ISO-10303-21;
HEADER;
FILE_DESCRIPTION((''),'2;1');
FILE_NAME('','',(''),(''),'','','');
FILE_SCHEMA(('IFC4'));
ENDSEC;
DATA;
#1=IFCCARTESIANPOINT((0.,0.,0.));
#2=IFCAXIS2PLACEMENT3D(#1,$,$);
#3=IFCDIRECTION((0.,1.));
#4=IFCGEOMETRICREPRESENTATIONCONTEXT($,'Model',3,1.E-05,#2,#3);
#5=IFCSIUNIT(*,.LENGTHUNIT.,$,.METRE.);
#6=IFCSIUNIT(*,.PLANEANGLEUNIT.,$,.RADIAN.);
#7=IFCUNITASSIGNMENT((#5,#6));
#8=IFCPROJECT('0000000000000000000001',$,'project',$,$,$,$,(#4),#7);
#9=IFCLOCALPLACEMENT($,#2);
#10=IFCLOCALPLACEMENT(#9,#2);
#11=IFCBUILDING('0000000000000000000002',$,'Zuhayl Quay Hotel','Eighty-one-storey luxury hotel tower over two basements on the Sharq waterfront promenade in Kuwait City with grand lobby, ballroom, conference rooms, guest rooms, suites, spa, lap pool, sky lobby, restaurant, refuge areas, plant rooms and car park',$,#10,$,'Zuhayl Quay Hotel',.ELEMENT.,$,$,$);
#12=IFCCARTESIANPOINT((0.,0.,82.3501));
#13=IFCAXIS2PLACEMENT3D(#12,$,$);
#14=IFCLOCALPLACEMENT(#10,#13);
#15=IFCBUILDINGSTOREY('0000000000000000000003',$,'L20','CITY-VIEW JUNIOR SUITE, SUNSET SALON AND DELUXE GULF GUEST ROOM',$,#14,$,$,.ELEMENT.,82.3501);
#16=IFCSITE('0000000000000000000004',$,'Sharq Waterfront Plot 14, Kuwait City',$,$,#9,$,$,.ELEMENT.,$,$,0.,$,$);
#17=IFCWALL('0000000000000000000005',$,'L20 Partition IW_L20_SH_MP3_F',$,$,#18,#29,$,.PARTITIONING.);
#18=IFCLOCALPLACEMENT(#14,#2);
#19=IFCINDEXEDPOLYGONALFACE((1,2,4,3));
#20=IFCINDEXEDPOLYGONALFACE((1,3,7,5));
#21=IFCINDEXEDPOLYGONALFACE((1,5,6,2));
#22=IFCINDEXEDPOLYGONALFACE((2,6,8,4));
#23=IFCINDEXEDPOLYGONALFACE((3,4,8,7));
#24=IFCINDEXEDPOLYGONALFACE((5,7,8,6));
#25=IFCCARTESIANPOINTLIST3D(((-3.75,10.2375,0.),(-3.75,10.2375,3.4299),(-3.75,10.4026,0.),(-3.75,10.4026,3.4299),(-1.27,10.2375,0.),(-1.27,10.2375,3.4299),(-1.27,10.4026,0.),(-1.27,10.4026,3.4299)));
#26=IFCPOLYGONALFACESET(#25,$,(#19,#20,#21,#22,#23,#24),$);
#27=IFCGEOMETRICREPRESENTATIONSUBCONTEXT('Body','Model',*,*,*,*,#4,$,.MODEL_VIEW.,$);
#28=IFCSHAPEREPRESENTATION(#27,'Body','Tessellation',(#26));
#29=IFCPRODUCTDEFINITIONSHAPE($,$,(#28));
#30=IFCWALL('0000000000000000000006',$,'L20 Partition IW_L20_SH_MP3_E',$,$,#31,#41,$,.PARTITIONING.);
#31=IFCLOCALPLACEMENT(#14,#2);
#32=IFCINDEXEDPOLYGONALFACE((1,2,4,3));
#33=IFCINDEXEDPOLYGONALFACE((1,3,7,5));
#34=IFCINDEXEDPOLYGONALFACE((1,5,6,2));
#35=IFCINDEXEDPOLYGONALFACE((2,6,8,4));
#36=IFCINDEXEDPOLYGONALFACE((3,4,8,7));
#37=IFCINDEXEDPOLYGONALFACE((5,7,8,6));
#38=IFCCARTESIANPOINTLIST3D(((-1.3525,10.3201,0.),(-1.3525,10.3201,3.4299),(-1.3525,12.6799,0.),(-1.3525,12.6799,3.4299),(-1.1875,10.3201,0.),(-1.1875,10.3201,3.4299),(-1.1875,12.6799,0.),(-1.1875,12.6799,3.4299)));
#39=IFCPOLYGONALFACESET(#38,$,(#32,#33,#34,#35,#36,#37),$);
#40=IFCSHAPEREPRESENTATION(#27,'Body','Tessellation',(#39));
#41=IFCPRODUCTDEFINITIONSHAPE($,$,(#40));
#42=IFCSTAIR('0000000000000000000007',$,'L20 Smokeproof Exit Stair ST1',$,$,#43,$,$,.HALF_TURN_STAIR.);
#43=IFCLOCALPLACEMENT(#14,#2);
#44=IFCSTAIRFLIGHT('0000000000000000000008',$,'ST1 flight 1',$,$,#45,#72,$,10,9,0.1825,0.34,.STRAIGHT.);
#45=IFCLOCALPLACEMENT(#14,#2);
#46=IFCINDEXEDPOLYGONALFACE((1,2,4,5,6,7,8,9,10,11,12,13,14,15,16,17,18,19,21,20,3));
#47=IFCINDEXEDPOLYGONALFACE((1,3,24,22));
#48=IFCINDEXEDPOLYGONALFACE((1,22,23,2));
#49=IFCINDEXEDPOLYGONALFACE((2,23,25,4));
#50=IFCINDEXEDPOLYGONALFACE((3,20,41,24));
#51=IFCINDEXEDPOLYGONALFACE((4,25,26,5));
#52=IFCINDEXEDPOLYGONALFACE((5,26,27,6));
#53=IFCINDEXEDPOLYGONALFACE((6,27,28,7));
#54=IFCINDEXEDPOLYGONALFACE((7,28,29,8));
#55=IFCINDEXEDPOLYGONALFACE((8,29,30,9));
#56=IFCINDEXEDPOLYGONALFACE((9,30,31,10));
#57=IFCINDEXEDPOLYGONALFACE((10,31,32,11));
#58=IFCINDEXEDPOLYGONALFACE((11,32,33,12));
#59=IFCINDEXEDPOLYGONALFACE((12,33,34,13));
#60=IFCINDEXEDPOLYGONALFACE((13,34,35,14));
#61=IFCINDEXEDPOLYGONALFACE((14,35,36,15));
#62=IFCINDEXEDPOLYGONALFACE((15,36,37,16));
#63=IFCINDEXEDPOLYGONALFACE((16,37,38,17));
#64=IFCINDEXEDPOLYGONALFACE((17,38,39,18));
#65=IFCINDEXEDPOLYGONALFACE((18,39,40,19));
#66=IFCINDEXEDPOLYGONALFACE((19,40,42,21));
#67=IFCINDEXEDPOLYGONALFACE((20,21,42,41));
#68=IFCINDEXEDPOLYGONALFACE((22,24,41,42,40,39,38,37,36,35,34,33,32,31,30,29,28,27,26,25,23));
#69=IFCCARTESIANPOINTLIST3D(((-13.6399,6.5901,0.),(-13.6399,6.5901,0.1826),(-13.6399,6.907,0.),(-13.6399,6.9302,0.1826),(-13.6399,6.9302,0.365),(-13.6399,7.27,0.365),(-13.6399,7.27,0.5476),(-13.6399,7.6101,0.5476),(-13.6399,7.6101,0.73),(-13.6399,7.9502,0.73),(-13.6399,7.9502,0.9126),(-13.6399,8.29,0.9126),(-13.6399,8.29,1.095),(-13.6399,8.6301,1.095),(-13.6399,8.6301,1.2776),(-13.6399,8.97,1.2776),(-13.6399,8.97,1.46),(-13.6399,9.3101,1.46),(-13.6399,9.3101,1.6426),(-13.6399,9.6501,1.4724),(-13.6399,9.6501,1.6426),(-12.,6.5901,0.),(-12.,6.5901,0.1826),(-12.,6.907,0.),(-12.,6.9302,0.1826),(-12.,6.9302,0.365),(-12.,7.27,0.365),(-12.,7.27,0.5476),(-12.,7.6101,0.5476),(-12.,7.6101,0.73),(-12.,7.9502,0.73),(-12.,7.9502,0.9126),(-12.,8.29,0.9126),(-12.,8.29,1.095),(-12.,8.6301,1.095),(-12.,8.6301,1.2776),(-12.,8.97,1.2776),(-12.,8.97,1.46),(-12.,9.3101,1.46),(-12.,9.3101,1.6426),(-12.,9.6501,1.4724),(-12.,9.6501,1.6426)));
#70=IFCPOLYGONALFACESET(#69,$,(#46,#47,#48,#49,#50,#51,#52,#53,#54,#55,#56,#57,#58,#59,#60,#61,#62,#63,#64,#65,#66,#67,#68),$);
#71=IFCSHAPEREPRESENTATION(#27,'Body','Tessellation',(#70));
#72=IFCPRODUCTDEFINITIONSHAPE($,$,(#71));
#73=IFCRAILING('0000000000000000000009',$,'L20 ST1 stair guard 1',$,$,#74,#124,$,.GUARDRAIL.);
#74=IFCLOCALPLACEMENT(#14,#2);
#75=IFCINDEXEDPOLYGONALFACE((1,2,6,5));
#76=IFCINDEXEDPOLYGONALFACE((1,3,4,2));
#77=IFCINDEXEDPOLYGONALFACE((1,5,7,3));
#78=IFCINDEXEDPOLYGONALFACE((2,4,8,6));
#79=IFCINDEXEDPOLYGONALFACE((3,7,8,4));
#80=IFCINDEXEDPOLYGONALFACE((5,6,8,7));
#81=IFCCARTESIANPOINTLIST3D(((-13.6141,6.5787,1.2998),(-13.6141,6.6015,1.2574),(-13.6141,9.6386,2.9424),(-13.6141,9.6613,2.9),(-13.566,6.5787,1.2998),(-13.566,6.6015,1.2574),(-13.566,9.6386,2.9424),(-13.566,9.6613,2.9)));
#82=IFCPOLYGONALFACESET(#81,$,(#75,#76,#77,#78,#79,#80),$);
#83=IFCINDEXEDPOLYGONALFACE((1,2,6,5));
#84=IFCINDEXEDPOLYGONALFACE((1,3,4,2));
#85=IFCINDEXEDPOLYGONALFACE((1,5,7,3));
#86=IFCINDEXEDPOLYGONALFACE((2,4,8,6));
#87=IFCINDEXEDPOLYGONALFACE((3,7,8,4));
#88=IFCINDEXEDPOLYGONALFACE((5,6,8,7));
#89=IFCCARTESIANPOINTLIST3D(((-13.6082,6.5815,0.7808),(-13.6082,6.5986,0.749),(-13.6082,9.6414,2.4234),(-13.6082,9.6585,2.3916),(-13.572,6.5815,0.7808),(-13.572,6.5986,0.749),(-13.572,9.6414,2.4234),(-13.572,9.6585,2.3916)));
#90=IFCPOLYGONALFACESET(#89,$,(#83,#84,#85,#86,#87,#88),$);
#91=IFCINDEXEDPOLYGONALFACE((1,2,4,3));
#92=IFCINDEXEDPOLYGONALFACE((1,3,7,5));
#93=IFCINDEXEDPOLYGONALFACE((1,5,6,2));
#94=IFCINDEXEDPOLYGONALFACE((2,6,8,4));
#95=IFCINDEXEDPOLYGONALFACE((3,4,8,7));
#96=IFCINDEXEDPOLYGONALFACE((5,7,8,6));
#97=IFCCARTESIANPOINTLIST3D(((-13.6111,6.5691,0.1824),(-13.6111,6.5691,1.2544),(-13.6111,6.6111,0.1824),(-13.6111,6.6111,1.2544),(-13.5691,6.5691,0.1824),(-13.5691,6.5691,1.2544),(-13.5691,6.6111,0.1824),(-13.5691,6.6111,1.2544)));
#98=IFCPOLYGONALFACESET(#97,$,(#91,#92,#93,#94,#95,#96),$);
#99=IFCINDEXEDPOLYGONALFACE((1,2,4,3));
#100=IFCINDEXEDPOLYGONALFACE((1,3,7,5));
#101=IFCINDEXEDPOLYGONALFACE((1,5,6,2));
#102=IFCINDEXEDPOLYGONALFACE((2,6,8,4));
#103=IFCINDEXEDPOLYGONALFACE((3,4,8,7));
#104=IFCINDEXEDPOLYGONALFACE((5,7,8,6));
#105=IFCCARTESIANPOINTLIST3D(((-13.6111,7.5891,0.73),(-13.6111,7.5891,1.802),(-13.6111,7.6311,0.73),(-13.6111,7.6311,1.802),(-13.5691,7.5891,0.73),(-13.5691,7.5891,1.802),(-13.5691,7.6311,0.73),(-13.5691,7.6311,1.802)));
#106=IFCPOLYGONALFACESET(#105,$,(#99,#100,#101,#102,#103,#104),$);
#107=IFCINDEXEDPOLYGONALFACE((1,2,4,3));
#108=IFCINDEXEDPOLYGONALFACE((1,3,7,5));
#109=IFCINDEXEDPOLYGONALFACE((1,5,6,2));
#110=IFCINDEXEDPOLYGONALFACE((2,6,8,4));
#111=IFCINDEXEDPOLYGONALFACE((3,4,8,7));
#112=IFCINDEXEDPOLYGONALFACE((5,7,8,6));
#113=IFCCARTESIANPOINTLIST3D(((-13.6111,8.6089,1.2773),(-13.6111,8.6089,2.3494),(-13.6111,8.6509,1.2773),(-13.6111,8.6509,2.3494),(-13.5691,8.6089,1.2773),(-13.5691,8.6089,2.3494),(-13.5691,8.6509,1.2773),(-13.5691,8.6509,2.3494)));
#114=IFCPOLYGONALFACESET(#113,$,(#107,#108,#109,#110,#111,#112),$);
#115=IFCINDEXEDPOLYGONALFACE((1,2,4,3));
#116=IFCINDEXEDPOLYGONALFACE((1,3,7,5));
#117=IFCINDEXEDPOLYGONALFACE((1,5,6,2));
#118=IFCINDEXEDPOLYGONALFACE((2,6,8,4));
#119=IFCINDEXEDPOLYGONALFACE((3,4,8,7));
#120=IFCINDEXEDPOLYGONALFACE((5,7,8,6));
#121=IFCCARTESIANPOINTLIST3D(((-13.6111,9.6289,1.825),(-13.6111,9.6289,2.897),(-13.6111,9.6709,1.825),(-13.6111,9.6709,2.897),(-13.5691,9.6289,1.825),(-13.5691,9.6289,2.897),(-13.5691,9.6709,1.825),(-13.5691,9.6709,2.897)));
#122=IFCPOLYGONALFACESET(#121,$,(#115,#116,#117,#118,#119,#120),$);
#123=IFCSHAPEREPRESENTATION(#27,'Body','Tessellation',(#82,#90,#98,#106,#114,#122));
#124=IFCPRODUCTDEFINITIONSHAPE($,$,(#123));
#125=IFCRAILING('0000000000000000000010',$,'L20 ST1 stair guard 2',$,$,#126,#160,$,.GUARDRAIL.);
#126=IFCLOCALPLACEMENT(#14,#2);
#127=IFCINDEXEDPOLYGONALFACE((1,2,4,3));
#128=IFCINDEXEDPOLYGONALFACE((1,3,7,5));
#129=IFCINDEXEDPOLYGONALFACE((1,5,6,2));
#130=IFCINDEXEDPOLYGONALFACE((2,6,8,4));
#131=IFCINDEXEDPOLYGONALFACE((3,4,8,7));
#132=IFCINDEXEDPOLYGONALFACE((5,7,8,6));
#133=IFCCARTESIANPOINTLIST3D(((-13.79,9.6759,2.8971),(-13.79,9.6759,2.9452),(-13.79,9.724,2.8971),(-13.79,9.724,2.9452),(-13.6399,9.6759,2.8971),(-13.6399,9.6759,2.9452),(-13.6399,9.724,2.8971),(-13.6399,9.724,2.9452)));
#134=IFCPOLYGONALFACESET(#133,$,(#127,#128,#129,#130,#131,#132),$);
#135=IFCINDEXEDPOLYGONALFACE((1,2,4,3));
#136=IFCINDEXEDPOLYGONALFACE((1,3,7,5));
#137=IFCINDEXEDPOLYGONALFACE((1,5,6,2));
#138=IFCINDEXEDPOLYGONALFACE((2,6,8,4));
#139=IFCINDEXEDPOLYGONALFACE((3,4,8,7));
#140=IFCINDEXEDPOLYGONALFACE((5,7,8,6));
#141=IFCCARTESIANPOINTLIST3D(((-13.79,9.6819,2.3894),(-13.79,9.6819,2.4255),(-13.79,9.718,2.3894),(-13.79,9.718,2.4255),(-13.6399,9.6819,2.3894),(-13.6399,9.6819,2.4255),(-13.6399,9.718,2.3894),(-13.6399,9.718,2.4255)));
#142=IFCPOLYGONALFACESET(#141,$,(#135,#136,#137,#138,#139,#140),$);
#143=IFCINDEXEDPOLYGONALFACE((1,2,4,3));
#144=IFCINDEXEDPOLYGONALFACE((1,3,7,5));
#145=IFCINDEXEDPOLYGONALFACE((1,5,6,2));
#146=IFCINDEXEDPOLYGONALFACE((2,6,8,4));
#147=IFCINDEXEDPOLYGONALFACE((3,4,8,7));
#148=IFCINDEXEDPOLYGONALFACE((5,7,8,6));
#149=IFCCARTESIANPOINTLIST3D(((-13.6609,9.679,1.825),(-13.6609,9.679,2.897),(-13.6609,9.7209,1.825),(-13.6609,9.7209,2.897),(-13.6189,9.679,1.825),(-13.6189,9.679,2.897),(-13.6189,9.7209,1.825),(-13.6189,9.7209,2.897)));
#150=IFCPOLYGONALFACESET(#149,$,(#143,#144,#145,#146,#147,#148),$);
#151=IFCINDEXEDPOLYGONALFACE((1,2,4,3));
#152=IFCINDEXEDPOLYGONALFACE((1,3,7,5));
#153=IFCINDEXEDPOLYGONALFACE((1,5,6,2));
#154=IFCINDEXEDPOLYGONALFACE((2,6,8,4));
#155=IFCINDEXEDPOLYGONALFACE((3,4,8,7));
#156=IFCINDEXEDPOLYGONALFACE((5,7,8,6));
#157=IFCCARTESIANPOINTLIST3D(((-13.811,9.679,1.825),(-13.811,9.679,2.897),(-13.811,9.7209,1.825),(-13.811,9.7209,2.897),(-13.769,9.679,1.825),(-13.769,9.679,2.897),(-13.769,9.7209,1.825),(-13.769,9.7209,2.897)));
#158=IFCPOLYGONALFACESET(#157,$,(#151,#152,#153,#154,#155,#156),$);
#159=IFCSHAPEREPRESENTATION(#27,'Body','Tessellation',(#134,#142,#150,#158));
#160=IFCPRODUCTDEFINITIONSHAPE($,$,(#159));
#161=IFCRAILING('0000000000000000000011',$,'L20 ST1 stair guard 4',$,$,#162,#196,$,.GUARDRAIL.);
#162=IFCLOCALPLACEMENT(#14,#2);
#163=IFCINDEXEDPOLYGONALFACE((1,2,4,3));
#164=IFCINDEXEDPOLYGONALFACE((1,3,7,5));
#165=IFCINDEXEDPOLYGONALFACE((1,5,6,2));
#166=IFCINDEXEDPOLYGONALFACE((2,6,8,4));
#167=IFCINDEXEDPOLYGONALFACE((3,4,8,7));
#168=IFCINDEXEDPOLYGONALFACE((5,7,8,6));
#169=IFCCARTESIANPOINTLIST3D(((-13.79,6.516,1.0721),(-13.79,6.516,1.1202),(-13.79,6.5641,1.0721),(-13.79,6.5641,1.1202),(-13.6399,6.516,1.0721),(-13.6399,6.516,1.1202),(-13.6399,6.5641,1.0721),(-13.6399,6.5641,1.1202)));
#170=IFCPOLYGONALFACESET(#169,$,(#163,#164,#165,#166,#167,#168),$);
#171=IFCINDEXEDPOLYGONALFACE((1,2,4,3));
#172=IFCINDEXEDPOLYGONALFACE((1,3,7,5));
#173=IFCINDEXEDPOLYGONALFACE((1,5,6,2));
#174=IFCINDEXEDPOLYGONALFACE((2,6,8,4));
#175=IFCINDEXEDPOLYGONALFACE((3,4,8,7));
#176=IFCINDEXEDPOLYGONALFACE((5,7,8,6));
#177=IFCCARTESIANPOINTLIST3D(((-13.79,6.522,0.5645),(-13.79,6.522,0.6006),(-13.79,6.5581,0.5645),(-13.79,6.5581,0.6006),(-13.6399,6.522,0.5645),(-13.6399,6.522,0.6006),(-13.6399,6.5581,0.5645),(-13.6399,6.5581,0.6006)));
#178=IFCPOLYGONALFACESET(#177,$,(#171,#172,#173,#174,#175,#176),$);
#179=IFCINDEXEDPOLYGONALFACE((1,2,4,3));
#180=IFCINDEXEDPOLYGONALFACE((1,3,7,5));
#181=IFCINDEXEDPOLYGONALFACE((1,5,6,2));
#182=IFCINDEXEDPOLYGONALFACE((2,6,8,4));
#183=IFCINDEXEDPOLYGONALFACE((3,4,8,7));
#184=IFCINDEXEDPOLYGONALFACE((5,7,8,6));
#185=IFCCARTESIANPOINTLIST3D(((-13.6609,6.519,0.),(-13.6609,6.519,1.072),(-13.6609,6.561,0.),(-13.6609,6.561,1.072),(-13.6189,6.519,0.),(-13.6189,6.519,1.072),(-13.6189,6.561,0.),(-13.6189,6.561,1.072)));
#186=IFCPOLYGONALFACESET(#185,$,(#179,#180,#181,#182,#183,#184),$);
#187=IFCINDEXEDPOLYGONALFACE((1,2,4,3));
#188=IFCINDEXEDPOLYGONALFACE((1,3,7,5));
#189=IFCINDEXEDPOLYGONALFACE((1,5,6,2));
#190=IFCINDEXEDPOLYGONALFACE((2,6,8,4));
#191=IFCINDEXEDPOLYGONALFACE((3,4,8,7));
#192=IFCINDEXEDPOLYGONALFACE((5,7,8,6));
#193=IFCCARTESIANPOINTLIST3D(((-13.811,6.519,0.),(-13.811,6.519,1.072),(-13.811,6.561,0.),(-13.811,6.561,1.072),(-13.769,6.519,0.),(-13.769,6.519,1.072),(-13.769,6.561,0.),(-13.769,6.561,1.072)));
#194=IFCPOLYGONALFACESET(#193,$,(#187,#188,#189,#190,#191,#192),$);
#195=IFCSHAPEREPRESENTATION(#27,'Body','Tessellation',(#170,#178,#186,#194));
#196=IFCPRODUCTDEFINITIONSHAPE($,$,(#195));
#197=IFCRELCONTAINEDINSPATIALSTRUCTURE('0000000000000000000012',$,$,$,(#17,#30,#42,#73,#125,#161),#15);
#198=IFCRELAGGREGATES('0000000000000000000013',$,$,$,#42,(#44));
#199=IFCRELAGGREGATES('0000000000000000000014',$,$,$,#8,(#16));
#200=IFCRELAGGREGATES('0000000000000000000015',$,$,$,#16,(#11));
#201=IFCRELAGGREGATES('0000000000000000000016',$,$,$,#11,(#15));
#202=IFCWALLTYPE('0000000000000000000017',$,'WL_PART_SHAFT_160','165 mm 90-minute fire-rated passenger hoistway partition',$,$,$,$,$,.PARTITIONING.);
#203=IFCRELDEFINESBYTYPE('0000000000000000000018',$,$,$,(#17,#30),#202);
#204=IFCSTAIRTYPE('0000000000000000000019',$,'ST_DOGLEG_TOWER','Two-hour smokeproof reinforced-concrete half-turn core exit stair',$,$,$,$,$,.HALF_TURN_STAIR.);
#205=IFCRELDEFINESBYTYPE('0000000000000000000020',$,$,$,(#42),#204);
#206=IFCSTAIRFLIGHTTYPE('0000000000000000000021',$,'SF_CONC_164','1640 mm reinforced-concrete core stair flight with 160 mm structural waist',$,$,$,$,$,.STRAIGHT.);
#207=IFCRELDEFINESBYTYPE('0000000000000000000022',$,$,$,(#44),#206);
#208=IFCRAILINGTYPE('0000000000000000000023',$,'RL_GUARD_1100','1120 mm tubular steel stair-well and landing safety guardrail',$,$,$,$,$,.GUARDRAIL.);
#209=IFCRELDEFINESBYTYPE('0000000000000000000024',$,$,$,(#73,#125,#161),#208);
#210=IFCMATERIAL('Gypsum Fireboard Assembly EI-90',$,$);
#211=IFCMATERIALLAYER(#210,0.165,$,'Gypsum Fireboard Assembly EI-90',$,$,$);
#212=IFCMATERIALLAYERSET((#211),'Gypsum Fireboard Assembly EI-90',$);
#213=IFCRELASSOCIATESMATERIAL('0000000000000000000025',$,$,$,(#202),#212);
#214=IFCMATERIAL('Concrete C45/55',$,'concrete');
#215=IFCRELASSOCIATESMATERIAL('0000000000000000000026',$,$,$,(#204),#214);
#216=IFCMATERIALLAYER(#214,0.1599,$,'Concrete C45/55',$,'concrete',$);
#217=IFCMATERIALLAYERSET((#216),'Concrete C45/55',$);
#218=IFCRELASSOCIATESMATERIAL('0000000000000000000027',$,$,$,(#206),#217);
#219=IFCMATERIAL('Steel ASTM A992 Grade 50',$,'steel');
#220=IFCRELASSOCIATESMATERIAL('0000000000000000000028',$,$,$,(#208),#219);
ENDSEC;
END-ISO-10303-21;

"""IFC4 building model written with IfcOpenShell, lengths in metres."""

from ifc_helpers import new_model, si_unit, direction, frame, frame_2d, origin, origin_2d, place, context, subcontext, project, spatial, polyline, rectangle, outline, extrude, material, layer, layer_set, type_object, element, aggregate, save


model = new_model("IFC4")

# Units and contexts
model_context = context("Model", 3, precision=1e-05, world=origin(), true_north=direction((0.0, 1.0)))
body_context = subcontext(model_context, "Body", "Model", "MODEL_VIEW")
ifc_project = project(units=[si_unit("LENGTHUNIT", "METRE"), si_unit("PLANEANGLEUNIT", "RADIAN")], contexts=[model_context])

# Site, building, storey
site_placement = place(None, origin())
site = spatial("IfcSite", under=ifc_project, at=site_placement, Name="Sharq Waterfront Plot 14, Kuwait City", CompositionType="ELEMENT", RefElevation=0.0)
building_placement = place(site_placement, origin())
building = spatial("IfcBuilding", under=site, at=building_placement, Name="Zuhayl Quay Hotel", Description="Eighty-one-storey luxury hotel tower over two basements on the Sharq waterfront promenade in Kuwait City with grand lobby, ballroom, conference rooms, guest rooms, suites, spa, lap pool, sky lobby, restaurant, refuge areas, plant rooms and car park", LongName="Zuhayl Quay Hotel", CompositionType="ELEMENT")
storey_placement = place(building_placement, frame((0.0, 0.0, 82.3501)))
storey = spatial("IfcBuildingStorey", under=building, at=storey_placement, Name="L20", Description="CITY-VIEW JUNIOR SUITE, SUNSET SALON AND DELUXE GULF GUEST ROOM", CompositionType="ELEMENT", Elevation=82.3501)

# Shared definitions
ifc_material_1 = material(Name="Steel ASTM A992 Grade 50", Category="steel")

# Shared definitions
ifc_material_2 = material(Name="Gypsum Fireboard Assembly EI-90")
ifc_layer_1 = layer(ifc_material_2, 0.165, Name="Gypsum Fireboard Assembly EI-90")
ifc_layer_set_1 = layer_set([ifc_layer_1], Name="Gypsum Fireboard Assembly EI-90")
wall_type_1 = type_object("IfcWallType", Name="WL_PART_SHAFT_160", Description="165 mm 90-minute fire-rated passenger hoistway partition", PredefinedType="PARTITIONING", material=ifc_layer_set_1)

# Walls
wall_1_placement = place(storey_placement, frame((-3.75, 10.3201, 0.0), z_axis=(0.0, 0.0, 1.0), x_axis=(1.0, 0.0, 0.0)))
element("IfcWall", 1, at=wall_1_placement, inside=storey, type_object=wall_type_1, Name="L20 Partition IW_L20_SH_MP3_F", PredefinedType="PARTITIONING", context=body_context, shape_type="SweptSolid", body=[
    extrude(rectangle(XDim=2.48, YDim=0.165, at=frame_2d((1.24, 0.0))), origin(), (0.0, 0.0, 1.0), 3.4299),
])
wall_2_placement = place(storey_placement, frame((-1.27, 10.3201, 0.0), z_axis=(0.0, 0.0, 1.0), x_axis=(0.0, 1.0, 0.0)))
element("IfcWall", 2, at=wall_2_placement, inside=storey, type_object=wall_type_1, Name="L20 Partition IW_L20_SH_MP3_E", PredefinedType="PARTITIONING", context=body_context, shape_type="SweptSolid", body=[
    extrude(rectangle(XDim=2.3599, YDim=0.165, at=frame_2d((1.1799, 0.0))), origin(), (0.0, 0.0, 1.0), 3.4299),
])

# Stair, stair flight
ifc_material_3 = material(Name="Concrete C45/55", Category="concrete")
stair_type = type_object("IfcStairType", Name="ST_DOGLEG_TOWER", Description="Two-hour smokeproof reinforced-concrete half-turn core exit stair", PredefinedType="HALF_TURN_STAIR", material=ifc_material_3)
stair_placement = place(storey_placement, origin())
stair = element("IfcStair", 3, at=stair_placement, inside=storey, type_object=stair_type, Name="L20 Smokeproof Exit Stair ST1", PredefinedType="HALF_TURN_STAIR")
ifc_layer_2 = layer(ifc_material_3, 0.1599, Name="Concrete C45/55", Category="concrete")
ifc_layer_set_2 = layer_set([ifc_layer_2], Name="Concrete C45/55")
stair_flight_type = type_object("IfcStairFlightType", Name="SF_CONC_164", Description="1640 mm reinforced-concrete core stair flight with 160 mm structural waist", PredefinedType="STRAIGHT", material=ifc_layer_set_2)
stair_flight_placement = place(storey_placement, frame((-12.8201, 6.5901, 0.0), z_axis=(0.0, 0.0, 1.0), x_axis=(0.0, 1.0, 0.0)))
stair_flight = element("IfcStairFlight", 4, at=stair_flight_placement, type_object=stair_flight_type, Name="ST1 flight 1", NumberOfRisers=10, NumberOfTreads=9, PredefinedType="STRAIGHT", RiserHeight=0.1825, TreadLength=0.34, context=body_context, shape_type="SweptSolid", body=[
    extrude(outline(polyline([(0.0, 0.0), (0.0, 0.1826), (0.3401, 0.1826), (0.3401, 0.365), (0.6799, 0.365), (0.6799, 0.5476), (1.02, 0.5476), (1.02, 0.73), (1.3601, 0.73), (1.3601, 0.9126), (1.7, 0.9126), (1.7, 1.095), (2.04, 1.095), (2.04, 1.2776), (2.3799, 1.2776), (2.3799, 1.46), (2.72, 1.46), (2.72, 1.6426), (3.0601, 1.6426), (3.0601, 1.825), (3.0601, 1.4724), (0.3169, 0.0), (0.0, 0.0)])), frame((0.0, 0.8198, 0.0), z_axis=(0.0, -1.0, 0.0), x_axis=(1.0, 0.0, 0.0)), (0.0, 0.0, 1.0), 1.6399),
])
aggregate(stair, [stair_flight])

# Railings
railing_type_1 = type_object("IfcRailingType", Name="RL_GUARD_1100", Description="1120 mm tubular steel stair-well and landing safety guardrail", PredefinedType="GUARDRAIL", material=ifc_material_1)
railing_1_placement = place(storey_placement, frame((-13.5901, 6.5901, 0.1824)))
element("IfcRailing", 5, at=railing_1_placement, inside=storey, type_object=railing_type_1, Name="L20 ST1 stair guard 1", PredefinedType="GUARDRAIL", context=body_context, shape_type="SweptSolid", body=[
    extrude(rectangle(XDim=0.0481, YDim=0.0481, at=origin_2d()), frame((0.0, 0.0, 1.0962), z_axis=(0.0, 0.881073, 0.47298), x_axis=(-1.0, 0.0, 0.0)), (0.0, 0.0, 1.0), 3.4729),
    extrude(rectangle(XDim=0.0361, YDim=0.0361, at=origin_2d()), frame((0.0, 0.0, 0.5825), z_axis=(0.0, 0.881073, 0.47298), x_axis=(-1.0, 0.0, 0.0)), (0.0, 0.0, 1.0), 3.4729),
    extrude(rectangle(XDim=0.042, YDim=0.042, at=origin_2d()), origin(), (0.0, 0.0, 1.0), 1.072),
    extrude(rectangle(XDim=0.042, YDim=0.042, at=origin_2d()), frame((0.0, 1.02, 0.5476)), (0.0, 0.0, 1.0), 1.072),
    extrude(rectangle(XDim=0.042, YDim=0.042, at=origin_2d()), frame((0.0, 2.0398, 1.095)), (0.0, 0.0, 1.0), 1.072),
    extrude(rectangle(XDim=0.042, YDim=0.042, at=origin_2d()), frame((0.0, 3.0598, 1.6426)), (0.0, 0.0, 1.0), 1.072),
])
for number, where, name in (
    (6, (-13.6399, 9.7, 1.825), "L20 ST1 stair guard 2"),
    (7, (-13.6399, 6.54, 0.0), "L20 ST1 stair guard 4"),
):
    element("IfcRailing", number, at=place(storey_placement, frame(where)), inside=storey, type_object=railing_type_1, Name=name, PredefinedType="GUARDRAIL", context=body_context, shape_type="SweptSolid", body=[
        extrude(rectangle(XDim=0.0481, YDim=0.0481, at=origin_2d()), frame((0.0, 0.0, 1.0962), z_axis=(-1.0, 0.0, 0.0), x_axis=(0.0, -1.0, 0.0)), (0.0, 0.0, 1.0), 0.1501),
        extrude(rectangle(XDim=0.0361, YDim=0.0361, at=origin_2d()), frame((0.0, 0.0, 0.5825), z_axis=(-1.0, 0.0, 0.0), x_axis=(0.0, -1.0, 0.0)), (0.0, 0.0, 1.0), 0.1501),
        extrude(rectangle(XDim=0.042, YDim=0.042, at=origin_2d()), origin(), (0.0, 0.0, 1.0), 1.072),
        extrude(rectangle(XDim=0.042, YDim=0.042, at=origin_2d()), frame((-0.1501, 0.0, 0.0)), (0.0, 0.0, 1.0), 1.072),
    ])

save(model, "model.ifc")
